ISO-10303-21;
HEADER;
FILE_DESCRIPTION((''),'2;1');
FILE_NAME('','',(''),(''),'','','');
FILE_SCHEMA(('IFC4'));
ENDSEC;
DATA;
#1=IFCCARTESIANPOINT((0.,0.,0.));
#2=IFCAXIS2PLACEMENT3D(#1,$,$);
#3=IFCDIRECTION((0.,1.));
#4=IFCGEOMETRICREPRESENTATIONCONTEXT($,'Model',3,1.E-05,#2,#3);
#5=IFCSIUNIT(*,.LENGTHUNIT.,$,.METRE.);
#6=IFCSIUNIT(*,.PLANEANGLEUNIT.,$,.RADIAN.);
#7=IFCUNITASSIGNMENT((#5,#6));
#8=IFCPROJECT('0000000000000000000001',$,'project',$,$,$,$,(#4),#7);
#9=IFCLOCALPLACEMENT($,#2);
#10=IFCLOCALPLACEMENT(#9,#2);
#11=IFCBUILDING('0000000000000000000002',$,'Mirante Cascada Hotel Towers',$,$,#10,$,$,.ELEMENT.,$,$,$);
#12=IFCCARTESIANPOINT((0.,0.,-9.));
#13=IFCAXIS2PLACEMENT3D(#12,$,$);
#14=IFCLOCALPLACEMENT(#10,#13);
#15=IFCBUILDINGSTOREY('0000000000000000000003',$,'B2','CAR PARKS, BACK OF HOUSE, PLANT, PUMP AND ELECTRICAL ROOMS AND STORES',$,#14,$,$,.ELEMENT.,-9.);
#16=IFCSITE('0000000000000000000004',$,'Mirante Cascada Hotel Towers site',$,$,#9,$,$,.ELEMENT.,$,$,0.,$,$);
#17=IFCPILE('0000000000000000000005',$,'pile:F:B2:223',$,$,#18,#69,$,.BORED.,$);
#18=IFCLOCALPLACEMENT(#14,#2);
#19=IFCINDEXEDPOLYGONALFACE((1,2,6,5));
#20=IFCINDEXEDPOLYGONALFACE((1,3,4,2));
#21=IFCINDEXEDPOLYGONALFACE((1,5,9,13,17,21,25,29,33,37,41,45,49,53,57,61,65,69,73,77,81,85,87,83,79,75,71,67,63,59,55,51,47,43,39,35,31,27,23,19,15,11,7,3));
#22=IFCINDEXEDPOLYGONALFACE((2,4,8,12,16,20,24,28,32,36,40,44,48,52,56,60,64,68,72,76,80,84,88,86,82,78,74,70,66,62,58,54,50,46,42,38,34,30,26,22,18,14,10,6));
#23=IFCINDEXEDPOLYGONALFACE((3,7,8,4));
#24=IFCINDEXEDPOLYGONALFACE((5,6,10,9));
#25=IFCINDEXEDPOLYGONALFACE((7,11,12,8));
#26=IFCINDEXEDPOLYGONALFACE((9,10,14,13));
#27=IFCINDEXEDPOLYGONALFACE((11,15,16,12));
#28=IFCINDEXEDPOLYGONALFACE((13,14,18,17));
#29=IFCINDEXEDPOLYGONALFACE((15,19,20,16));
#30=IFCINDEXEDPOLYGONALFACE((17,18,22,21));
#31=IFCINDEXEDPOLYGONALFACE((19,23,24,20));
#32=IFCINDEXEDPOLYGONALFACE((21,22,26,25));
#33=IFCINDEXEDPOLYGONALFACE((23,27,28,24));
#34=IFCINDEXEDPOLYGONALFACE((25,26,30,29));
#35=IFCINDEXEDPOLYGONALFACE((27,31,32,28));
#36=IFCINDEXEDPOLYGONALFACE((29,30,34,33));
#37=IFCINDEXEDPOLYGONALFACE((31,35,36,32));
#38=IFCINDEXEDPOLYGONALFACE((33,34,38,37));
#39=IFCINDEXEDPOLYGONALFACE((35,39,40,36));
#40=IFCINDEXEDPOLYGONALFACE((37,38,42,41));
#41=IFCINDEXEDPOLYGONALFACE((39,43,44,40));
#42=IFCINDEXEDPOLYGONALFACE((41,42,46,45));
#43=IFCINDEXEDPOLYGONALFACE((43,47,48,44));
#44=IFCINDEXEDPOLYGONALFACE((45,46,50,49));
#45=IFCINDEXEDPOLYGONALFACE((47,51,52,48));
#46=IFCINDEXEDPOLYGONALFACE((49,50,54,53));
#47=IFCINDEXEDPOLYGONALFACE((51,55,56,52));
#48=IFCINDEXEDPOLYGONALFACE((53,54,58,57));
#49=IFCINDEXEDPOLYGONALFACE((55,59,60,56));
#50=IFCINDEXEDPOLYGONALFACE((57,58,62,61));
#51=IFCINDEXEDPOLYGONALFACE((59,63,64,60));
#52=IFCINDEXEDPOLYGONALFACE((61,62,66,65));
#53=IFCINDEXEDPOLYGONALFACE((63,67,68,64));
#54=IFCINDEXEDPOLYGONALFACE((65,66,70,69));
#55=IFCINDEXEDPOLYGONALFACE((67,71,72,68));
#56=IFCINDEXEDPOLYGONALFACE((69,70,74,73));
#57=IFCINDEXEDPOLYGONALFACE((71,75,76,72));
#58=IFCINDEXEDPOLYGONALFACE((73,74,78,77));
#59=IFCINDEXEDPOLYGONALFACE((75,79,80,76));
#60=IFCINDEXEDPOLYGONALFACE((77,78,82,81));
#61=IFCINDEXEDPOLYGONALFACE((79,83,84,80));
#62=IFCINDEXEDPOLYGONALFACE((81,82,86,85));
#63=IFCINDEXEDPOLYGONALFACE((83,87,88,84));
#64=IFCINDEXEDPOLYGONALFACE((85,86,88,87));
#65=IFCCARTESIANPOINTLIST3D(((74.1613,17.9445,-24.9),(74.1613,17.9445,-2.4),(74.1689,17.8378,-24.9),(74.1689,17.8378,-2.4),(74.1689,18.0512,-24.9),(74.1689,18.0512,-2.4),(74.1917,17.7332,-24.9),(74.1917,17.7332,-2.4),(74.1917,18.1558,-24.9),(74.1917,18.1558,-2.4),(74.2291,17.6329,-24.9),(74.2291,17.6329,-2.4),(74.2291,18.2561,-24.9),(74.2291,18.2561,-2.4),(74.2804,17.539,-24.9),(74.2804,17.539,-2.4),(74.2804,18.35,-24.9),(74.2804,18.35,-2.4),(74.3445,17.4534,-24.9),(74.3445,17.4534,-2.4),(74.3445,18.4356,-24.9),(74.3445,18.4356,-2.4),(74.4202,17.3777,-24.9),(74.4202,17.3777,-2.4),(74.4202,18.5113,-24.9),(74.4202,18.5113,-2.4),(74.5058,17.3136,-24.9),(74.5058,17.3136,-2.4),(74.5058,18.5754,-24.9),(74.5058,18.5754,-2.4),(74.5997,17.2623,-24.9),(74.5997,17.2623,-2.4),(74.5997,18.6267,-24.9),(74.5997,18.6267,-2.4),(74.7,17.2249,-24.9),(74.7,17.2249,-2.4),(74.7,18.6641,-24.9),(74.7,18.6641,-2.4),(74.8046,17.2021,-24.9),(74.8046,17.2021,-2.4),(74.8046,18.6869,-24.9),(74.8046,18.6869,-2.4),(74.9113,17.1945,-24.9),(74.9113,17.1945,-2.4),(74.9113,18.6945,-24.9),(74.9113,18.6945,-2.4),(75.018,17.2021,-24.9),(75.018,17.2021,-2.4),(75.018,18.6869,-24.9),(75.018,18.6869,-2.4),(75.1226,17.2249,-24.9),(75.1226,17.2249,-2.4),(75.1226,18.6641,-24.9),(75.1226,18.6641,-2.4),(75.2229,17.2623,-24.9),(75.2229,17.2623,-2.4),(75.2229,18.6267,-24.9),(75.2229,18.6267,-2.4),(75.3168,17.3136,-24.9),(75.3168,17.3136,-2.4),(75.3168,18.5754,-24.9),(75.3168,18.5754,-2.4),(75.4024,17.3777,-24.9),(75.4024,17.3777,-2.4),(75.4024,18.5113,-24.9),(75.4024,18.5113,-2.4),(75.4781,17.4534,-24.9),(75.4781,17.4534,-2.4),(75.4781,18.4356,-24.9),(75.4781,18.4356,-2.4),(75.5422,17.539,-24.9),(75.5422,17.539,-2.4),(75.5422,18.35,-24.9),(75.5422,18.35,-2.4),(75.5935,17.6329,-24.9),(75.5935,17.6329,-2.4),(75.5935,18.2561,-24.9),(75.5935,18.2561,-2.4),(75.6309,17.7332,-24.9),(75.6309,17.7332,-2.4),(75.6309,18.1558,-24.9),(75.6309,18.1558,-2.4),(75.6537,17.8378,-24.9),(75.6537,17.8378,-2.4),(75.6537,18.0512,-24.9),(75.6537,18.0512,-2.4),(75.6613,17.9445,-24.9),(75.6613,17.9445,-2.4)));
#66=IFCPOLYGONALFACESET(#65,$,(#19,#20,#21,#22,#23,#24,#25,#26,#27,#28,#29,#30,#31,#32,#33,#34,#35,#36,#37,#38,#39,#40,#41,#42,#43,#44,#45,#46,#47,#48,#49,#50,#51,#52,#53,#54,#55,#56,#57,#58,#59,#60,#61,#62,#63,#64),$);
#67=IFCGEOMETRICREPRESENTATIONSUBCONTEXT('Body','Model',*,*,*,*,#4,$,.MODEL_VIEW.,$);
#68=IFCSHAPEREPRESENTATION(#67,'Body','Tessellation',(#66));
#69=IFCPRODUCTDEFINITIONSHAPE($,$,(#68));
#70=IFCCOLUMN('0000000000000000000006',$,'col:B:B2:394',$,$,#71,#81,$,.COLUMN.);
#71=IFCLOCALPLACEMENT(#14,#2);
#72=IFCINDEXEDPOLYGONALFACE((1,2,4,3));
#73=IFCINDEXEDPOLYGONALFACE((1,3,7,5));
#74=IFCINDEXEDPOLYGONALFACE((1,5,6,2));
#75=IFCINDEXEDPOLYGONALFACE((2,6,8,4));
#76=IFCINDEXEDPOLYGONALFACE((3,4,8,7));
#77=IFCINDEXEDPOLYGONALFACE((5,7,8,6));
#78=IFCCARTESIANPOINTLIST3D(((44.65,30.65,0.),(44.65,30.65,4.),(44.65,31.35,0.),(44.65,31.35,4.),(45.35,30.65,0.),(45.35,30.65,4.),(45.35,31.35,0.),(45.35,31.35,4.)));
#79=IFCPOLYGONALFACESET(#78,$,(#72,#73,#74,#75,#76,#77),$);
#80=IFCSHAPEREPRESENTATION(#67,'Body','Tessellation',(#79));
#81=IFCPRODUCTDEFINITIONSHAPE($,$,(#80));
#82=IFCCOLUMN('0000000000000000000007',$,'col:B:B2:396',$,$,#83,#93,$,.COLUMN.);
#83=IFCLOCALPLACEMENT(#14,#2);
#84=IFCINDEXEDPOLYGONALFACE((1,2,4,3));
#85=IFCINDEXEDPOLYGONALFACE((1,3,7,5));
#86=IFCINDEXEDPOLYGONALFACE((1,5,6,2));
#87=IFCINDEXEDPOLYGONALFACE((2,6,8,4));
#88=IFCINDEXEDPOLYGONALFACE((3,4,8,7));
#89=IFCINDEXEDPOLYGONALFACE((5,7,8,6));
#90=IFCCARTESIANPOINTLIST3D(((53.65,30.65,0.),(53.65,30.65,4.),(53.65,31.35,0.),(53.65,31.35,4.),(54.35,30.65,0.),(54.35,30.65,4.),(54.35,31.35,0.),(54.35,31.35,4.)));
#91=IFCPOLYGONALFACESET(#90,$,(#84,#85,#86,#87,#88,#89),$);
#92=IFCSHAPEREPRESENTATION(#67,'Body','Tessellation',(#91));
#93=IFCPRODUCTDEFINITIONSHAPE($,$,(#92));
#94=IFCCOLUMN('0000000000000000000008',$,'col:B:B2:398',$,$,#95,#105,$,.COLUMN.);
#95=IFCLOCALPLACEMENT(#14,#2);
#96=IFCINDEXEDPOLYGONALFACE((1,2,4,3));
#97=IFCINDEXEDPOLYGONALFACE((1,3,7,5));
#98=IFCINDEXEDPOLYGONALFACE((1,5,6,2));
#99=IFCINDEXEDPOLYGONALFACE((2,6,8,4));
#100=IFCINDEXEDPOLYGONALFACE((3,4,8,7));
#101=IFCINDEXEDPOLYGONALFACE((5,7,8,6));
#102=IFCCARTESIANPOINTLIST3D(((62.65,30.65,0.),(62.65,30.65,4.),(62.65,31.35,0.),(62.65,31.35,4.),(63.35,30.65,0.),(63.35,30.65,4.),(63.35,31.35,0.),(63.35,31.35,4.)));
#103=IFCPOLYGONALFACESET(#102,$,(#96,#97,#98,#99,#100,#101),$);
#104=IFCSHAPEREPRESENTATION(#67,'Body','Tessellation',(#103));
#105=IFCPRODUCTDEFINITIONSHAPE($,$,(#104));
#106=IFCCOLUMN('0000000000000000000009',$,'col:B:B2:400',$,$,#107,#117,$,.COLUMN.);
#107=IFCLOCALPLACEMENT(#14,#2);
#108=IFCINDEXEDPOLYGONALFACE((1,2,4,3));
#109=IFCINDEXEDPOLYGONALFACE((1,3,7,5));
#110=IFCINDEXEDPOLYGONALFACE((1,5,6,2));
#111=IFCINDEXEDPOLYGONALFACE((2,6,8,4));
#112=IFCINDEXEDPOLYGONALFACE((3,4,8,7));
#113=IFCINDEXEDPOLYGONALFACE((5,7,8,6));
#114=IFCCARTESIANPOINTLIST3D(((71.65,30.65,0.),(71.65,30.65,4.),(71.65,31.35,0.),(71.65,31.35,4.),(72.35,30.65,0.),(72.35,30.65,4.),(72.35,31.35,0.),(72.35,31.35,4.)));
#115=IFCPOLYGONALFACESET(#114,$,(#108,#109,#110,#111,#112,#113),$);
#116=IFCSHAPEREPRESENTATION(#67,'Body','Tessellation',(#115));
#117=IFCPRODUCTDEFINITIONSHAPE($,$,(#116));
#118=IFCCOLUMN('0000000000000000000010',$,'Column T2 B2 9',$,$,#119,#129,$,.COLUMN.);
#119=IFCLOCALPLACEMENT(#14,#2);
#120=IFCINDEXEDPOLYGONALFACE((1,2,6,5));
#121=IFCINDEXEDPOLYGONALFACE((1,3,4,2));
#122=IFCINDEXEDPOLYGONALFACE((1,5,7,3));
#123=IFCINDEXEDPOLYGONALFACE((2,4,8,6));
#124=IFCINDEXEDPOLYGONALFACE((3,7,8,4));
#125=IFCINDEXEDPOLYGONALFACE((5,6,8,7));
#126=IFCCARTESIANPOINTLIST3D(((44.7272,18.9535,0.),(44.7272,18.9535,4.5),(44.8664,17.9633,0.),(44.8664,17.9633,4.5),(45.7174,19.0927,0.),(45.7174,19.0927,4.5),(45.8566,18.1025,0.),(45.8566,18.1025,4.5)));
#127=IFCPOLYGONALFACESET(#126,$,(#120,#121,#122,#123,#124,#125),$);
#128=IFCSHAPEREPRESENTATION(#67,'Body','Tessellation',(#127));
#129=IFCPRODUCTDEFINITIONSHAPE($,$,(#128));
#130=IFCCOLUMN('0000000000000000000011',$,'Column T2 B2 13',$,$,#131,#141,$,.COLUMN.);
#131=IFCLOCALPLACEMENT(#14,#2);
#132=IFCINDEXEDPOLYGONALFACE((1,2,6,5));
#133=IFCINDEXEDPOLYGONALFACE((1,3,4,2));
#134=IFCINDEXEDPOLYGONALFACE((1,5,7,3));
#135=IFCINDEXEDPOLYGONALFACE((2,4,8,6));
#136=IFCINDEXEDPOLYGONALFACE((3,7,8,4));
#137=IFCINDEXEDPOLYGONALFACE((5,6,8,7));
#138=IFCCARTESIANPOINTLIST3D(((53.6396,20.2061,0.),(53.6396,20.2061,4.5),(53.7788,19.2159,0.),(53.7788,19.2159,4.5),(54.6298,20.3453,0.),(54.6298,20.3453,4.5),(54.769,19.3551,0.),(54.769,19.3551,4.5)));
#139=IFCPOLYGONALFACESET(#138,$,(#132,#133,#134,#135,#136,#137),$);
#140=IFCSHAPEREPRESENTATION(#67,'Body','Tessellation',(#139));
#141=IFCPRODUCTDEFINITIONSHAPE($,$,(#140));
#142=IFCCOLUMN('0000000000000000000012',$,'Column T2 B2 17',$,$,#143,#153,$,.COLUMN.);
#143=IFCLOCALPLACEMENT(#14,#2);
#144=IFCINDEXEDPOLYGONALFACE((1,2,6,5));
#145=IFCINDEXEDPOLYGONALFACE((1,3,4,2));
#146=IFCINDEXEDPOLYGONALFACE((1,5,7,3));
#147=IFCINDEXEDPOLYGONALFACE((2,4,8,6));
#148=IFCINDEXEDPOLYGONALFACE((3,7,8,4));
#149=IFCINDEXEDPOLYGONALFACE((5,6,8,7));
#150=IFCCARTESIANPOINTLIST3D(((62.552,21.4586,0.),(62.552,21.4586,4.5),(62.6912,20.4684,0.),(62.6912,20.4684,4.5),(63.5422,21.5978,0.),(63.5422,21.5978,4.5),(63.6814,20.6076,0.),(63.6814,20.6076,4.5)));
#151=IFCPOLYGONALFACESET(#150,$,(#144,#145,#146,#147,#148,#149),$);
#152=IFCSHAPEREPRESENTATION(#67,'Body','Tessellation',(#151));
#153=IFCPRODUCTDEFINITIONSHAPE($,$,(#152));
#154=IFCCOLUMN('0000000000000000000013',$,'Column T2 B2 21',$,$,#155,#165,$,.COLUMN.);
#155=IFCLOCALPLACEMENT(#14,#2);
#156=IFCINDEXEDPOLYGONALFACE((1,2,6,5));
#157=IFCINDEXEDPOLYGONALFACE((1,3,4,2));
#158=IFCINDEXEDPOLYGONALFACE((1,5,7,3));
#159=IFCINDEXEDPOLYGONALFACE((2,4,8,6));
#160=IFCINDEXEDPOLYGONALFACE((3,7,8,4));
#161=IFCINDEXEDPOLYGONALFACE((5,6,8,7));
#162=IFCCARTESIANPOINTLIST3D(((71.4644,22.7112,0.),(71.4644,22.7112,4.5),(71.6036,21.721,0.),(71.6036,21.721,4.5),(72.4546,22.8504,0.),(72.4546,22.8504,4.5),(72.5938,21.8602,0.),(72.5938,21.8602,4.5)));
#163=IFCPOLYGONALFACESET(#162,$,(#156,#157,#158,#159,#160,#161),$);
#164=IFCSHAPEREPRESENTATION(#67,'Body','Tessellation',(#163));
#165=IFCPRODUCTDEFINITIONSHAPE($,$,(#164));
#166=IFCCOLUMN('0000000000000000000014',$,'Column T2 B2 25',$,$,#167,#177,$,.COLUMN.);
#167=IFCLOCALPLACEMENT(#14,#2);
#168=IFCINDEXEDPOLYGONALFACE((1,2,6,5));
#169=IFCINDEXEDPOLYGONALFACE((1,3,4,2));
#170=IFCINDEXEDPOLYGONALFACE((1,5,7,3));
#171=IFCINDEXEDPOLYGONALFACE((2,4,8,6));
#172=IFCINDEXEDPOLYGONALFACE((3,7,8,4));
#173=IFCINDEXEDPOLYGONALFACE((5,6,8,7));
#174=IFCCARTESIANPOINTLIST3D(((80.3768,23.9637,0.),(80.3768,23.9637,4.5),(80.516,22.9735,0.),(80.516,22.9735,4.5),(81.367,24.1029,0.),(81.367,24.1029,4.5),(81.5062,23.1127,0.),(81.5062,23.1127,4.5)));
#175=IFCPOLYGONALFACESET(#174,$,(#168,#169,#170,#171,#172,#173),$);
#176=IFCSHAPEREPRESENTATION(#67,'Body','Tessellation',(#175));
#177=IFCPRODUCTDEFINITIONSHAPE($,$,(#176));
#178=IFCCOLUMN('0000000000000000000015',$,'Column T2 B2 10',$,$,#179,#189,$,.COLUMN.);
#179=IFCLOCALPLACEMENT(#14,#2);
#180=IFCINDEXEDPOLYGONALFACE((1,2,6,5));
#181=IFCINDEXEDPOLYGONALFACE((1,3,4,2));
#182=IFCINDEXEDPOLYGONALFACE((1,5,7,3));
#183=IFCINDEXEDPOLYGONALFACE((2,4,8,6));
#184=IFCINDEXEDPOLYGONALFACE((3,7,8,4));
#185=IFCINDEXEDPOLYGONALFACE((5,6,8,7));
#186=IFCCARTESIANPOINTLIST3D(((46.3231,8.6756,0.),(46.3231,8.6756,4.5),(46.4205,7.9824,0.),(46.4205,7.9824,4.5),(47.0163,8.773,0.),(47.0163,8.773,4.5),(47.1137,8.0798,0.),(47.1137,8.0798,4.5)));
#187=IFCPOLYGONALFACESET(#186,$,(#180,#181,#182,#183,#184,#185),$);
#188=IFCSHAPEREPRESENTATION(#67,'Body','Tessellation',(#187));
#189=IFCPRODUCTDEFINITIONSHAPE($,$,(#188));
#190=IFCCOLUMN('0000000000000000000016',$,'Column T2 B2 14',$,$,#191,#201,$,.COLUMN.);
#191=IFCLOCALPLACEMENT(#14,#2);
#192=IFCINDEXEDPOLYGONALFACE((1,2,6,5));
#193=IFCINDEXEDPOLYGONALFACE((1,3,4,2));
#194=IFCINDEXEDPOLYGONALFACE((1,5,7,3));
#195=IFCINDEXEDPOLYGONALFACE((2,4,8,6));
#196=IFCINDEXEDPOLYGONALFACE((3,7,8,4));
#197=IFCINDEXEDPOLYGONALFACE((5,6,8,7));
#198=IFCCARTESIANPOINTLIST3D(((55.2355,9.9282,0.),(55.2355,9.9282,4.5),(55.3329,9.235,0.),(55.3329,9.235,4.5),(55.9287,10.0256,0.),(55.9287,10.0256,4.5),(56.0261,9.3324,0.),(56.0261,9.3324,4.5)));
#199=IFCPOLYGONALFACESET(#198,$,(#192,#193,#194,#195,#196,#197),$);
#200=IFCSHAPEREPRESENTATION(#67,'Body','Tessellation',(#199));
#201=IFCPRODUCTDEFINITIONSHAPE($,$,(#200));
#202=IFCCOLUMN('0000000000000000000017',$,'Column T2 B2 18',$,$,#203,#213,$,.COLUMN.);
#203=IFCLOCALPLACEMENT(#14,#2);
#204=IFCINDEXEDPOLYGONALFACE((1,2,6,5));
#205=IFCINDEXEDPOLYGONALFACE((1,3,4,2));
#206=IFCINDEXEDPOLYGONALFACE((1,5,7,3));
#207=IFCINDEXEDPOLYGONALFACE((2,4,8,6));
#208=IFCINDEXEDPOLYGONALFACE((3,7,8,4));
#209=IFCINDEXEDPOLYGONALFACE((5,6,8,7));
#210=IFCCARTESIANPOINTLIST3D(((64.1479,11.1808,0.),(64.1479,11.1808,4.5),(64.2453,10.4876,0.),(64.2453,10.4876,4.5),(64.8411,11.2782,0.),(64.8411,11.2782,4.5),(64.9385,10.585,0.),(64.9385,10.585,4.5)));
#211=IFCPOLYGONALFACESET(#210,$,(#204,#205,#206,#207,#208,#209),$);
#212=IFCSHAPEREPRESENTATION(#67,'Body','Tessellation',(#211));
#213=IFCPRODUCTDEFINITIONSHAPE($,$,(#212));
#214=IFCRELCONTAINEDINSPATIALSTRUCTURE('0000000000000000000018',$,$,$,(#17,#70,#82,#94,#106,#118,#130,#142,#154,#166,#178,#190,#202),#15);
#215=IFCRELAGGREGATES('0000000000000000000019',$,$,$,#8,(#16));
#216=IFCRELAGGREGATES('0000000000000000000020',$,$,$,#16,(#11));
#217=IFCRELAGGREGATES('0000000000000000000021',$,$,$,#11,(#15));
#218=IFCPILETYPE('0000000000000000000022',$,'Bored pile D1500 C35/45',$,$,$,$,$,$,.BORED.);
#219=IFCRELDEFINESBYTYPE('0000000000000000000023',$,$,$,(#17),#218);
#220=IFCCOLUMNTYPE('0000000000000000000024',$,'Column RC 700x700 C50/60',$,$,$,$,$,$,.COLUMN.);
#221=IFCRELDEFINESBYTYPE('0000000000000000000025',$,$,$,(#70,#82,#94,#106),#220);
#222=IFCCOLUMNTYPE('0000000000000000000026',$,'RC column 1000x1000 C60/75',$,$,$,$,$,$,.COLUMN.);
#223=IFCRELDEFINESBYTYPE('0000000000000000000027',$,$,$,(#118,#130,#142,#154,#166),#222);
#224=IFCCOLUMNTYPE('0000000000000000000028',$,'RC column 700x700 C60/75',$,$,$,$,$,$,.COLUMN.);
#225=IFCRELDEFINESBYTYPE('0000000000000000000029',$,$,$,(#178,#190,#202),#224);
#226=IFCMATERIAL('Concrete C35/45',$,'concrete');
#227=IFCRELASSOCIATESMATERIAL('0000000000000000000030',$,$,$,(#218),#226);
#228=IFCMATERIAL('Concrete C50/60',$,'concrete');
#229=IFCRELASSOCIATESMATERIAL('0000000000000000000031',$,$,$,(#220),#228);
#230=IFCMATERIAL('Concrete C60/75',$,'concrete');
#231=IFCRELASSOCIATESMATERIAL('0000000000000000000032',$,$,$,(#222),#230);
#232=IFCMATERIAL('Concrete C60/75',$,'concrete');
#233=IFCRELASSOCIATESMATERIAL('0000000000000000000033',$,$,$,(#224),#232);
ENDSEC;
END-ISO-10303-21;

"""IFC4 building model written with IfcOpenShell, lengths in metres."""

from ifc_helpers import new_model, si_unit, direction, frame, origin, origin_2d, place, context, subcontext, project, spatial, rectangle, circle, extrude, material, material_profile, profile_set, type_object, element, save


model = new_model("IFC4")

# Units and contexts
model_context = context("Model", 3, precision=1e-05, world=origin(), true_north=direction((0.0, 1.0)))
body_context = subcontext(model_context, "Body", "Model", "MODEL_VIEW")
ifc_project = project(units=[si_unit("LENGTHUNIT", "METRE"), si_unit("PLANEANGLEUNIT", "RADIAN")], contexts=[model_context])

# Site, building, storey
site_placement = place(None, origin())
site = spatial("IfcSite", under=ifc_project, at=site_placement, Name="Mirante Cascada Hotel Towers site", CompositionType="ELEMENT", RefElevation=0.0)
building_placement = place(site_placement, origin())
building = spatial("IfcBuilding", under=site, at=building_placement, Name="Mirante Cascada Hotel Towers", CompositionType="ELEMENT")
storey_placement = place(building_placement, frame((0.0, 0.0, -9.0)))
storey = spatial("IfcBuildingStorey", under=building, at=storey_placement, Name="B2", Description="CAR PARKS, BACK OF HOUSE, PLANT, PUMP AND ELECTRICAL ROOMS AND STORES", CompositionType="ELEMENT", Elevation=-9.0)

# Pile
ifc_material_1 = material(Name="Concrete C35/45", Category="concrete")
ifc_material_profile_1 = material_profile(ifc_material_1, circle(Radius=0.75, at=origin_2d()), Name="RC D1500")
ifc_profile_set_1 = profile_set([ifc_material_profile_1], Name="Concrete C35/45")
pile_type = type_object("IfcPileType", Name="Bored pile D1500 C35/45", PredefinedType="BORED", material=ifc_profile_set_1)
for number, where, z_axis, x_axis, name in (
    (1, (74.9113, 17.9445, -2.4), (0.0, 0.0, -1.0), (1.0, 0.0, 0.0), "pile:F:B2:223"),
):
    element("IfcPile", number, at=place(storey_placement, frame(where, z_axis=z_axis, x_axis=x_axis)), inside=storey, type_object=pile_type, Name=name, PredefinedType="BORED", context=body_context, shape_type="SweptSolid", body=[
        extrude(circle(Radius=0.75, at=origin_2d()), origin(), (0.0, 0.0, 1.0), 22.5),
    ])

# Columns
ifc_material_2 = material(Name="Concrete C50/60", Category="concrete")
ifc_material_profile_2 = material_profile(ifc_material_2, rectangle(XDim=0.7, YDim=0.7, at=origin_2d()), Name="RC 700x700")
ifc_profile_set_2 = profile_set([ifc_material_profile_2], Name="Concrete C50/60")
column_type_1 = type_object("IfcColumnType", Name="Column RC 700x700 C50/60", PredefinedType="COLUMN", material=ifc_profile_set_2)
for number, where, z_axis, x_axis, name in (
    (2, (45.0, 31.0, 0.0), (0.0, 0.0, 1.0), (1.0, 0.0, 0.0), "col:B:B2:394"),
    (3, (54.0, 31.0, 0.0), (0.0, 0.0, 1.0), (1.0, 0.0, 0.0), "col:B:B2:396"),
    (4, (63.0, 31.0, 0.0), (0.0, 0.0, 1.0), (1.0, 0.0, 0.0), "col:B:B2:398"),
    (5, (72.0, 31.0, 0.0), (0.0, 0.0, 1.0), (1.0, 0.0, 0.0), "col:B:B2:400"),
):
    element("IfcColumn", number, at=place(storey_placement, frame(where, z_axis=z_axis, x_axis=x_axis)), inside=storey, type_object=column_type_1, Name=name, PredefinedType="COLUMN", context=body_context, shape_type="SweptSolid", body=[
        extrude(rectangle(XDim=0.7, YDim=0.7, at=origin_2d()), origin(), (0.0, 0.0, 1.0), 4.0),
    ])
ifc_material_3 = material(Name="Concrete C60/75", Category="concrete")
ifc_material_profile_3 = material_profile(ifc_material_3, rectangle(XDim=1.0, YDim=1.0, at=origin_2d()), Name="RC column 1000x1000 C60/75")
ifc_profile_set_3 = profile_set([ifc_material_profile_3], Name="Concrete C60/75")
column_type_2 = type_object("IfcColumnType", Name="RC column 1000x1000 C60/75", PredefinedType="COLUMN", material=ifc_profile_set_3)
for number, where, z_axis, x_axis, name in (
    (6, (45.2919, 18.528, 0.0), (0.0, 0.0, 1.0), (0.990268, 0.139173, 0.0), "Column T2 B2 9"),
    (7, (54.2043, 19.7806, 0.0), (0.0, 0.0, 1.0), (0.990268, 0.139173, 0.0), "Column T2 B2 13"),
    (8, (63.1167, 21.0331, 0.0), (0.0, 0.0, 1.0), (0.990268, 0.139173, 0.0), "Column T2 B2 17"),
    (9, (72.0291, 22.2857, 0.0), (0.0, 0.0, 1.0), (0.990268, 0.139173, 0.0), "Column T2 B2 21"),
    (10, (80.9415, 23.5382, 0.0), (0.0, 0.0, 1.0), (0.990268, 0.139173, 0.0), "Column T2 B2 25"),
):
    element("IfcColumn", number, at=place(storey_placement, frame(where, z_axis=z_axis, x_axis=x_axis)), inside=storey, type_object=column_type_2, Name=name, PredefinedType="COLUMN", context=body_context, shape_type="SweptSolid", body=[
        extrude(rectangle(XDim=1.0, YDim=1.0, at=origin_2d()), origin(), (0.0, 0.0, 1.0), 4.5),
    ])
ifc_material_4 = material(Name="Concrete C60/75", Category="concrete")
ifc_material_profile_4 = material_profile(ifc_material_4, rectangle(XDim=0.7, YDim=0.7, at=origin_2d()), Name="RC column 700x700 C60/75")
ifc_profile_set_4 = profile_set([ifc_material_profile_4], Name="Concrete C60/75")
column_type_3 = type_object("IfcColumnType", Name="RC column 700x700 C60/75", PredefinedType="COLUMN", material=ifc_profile_set_4)
for number, where, z_axis, x_axis, name in (
    (11, (46.7184, 8.3777, 0.0), (0.0, 0.0, 1.0), (0.990268, 0.139173, 0.0), "Column T2 B2 10"),
    (12, (55.6308, 9.6303, 0.0), (0.0, 0.0, 1.0), (0.990268, 0.139173, 0.0), "Column T2 B2 14"),
    (13, (64.5432, 10.8829, 0.0), (0.0, 0.0, 1.0), (0.990268, 0.139173, 0.0), "Column T2 B2 18"),
):
    element("IfcColumn", number, at=place(storey_placement, frame(where, z_axis=z_axis, x_axis=x_axis)), inside=storey, type_object=column_type_3, Name=name, PredefinedType="COLUMN", context=body_context, shape_type="SweptSolid", body=[
        extrude(rectangle(XDim=0.7, YDim=0.7, at=origin_2d()), origin(), (0.0, 0.0, 1.0), 4.5),
    ])

save(model, "model.ifc")
